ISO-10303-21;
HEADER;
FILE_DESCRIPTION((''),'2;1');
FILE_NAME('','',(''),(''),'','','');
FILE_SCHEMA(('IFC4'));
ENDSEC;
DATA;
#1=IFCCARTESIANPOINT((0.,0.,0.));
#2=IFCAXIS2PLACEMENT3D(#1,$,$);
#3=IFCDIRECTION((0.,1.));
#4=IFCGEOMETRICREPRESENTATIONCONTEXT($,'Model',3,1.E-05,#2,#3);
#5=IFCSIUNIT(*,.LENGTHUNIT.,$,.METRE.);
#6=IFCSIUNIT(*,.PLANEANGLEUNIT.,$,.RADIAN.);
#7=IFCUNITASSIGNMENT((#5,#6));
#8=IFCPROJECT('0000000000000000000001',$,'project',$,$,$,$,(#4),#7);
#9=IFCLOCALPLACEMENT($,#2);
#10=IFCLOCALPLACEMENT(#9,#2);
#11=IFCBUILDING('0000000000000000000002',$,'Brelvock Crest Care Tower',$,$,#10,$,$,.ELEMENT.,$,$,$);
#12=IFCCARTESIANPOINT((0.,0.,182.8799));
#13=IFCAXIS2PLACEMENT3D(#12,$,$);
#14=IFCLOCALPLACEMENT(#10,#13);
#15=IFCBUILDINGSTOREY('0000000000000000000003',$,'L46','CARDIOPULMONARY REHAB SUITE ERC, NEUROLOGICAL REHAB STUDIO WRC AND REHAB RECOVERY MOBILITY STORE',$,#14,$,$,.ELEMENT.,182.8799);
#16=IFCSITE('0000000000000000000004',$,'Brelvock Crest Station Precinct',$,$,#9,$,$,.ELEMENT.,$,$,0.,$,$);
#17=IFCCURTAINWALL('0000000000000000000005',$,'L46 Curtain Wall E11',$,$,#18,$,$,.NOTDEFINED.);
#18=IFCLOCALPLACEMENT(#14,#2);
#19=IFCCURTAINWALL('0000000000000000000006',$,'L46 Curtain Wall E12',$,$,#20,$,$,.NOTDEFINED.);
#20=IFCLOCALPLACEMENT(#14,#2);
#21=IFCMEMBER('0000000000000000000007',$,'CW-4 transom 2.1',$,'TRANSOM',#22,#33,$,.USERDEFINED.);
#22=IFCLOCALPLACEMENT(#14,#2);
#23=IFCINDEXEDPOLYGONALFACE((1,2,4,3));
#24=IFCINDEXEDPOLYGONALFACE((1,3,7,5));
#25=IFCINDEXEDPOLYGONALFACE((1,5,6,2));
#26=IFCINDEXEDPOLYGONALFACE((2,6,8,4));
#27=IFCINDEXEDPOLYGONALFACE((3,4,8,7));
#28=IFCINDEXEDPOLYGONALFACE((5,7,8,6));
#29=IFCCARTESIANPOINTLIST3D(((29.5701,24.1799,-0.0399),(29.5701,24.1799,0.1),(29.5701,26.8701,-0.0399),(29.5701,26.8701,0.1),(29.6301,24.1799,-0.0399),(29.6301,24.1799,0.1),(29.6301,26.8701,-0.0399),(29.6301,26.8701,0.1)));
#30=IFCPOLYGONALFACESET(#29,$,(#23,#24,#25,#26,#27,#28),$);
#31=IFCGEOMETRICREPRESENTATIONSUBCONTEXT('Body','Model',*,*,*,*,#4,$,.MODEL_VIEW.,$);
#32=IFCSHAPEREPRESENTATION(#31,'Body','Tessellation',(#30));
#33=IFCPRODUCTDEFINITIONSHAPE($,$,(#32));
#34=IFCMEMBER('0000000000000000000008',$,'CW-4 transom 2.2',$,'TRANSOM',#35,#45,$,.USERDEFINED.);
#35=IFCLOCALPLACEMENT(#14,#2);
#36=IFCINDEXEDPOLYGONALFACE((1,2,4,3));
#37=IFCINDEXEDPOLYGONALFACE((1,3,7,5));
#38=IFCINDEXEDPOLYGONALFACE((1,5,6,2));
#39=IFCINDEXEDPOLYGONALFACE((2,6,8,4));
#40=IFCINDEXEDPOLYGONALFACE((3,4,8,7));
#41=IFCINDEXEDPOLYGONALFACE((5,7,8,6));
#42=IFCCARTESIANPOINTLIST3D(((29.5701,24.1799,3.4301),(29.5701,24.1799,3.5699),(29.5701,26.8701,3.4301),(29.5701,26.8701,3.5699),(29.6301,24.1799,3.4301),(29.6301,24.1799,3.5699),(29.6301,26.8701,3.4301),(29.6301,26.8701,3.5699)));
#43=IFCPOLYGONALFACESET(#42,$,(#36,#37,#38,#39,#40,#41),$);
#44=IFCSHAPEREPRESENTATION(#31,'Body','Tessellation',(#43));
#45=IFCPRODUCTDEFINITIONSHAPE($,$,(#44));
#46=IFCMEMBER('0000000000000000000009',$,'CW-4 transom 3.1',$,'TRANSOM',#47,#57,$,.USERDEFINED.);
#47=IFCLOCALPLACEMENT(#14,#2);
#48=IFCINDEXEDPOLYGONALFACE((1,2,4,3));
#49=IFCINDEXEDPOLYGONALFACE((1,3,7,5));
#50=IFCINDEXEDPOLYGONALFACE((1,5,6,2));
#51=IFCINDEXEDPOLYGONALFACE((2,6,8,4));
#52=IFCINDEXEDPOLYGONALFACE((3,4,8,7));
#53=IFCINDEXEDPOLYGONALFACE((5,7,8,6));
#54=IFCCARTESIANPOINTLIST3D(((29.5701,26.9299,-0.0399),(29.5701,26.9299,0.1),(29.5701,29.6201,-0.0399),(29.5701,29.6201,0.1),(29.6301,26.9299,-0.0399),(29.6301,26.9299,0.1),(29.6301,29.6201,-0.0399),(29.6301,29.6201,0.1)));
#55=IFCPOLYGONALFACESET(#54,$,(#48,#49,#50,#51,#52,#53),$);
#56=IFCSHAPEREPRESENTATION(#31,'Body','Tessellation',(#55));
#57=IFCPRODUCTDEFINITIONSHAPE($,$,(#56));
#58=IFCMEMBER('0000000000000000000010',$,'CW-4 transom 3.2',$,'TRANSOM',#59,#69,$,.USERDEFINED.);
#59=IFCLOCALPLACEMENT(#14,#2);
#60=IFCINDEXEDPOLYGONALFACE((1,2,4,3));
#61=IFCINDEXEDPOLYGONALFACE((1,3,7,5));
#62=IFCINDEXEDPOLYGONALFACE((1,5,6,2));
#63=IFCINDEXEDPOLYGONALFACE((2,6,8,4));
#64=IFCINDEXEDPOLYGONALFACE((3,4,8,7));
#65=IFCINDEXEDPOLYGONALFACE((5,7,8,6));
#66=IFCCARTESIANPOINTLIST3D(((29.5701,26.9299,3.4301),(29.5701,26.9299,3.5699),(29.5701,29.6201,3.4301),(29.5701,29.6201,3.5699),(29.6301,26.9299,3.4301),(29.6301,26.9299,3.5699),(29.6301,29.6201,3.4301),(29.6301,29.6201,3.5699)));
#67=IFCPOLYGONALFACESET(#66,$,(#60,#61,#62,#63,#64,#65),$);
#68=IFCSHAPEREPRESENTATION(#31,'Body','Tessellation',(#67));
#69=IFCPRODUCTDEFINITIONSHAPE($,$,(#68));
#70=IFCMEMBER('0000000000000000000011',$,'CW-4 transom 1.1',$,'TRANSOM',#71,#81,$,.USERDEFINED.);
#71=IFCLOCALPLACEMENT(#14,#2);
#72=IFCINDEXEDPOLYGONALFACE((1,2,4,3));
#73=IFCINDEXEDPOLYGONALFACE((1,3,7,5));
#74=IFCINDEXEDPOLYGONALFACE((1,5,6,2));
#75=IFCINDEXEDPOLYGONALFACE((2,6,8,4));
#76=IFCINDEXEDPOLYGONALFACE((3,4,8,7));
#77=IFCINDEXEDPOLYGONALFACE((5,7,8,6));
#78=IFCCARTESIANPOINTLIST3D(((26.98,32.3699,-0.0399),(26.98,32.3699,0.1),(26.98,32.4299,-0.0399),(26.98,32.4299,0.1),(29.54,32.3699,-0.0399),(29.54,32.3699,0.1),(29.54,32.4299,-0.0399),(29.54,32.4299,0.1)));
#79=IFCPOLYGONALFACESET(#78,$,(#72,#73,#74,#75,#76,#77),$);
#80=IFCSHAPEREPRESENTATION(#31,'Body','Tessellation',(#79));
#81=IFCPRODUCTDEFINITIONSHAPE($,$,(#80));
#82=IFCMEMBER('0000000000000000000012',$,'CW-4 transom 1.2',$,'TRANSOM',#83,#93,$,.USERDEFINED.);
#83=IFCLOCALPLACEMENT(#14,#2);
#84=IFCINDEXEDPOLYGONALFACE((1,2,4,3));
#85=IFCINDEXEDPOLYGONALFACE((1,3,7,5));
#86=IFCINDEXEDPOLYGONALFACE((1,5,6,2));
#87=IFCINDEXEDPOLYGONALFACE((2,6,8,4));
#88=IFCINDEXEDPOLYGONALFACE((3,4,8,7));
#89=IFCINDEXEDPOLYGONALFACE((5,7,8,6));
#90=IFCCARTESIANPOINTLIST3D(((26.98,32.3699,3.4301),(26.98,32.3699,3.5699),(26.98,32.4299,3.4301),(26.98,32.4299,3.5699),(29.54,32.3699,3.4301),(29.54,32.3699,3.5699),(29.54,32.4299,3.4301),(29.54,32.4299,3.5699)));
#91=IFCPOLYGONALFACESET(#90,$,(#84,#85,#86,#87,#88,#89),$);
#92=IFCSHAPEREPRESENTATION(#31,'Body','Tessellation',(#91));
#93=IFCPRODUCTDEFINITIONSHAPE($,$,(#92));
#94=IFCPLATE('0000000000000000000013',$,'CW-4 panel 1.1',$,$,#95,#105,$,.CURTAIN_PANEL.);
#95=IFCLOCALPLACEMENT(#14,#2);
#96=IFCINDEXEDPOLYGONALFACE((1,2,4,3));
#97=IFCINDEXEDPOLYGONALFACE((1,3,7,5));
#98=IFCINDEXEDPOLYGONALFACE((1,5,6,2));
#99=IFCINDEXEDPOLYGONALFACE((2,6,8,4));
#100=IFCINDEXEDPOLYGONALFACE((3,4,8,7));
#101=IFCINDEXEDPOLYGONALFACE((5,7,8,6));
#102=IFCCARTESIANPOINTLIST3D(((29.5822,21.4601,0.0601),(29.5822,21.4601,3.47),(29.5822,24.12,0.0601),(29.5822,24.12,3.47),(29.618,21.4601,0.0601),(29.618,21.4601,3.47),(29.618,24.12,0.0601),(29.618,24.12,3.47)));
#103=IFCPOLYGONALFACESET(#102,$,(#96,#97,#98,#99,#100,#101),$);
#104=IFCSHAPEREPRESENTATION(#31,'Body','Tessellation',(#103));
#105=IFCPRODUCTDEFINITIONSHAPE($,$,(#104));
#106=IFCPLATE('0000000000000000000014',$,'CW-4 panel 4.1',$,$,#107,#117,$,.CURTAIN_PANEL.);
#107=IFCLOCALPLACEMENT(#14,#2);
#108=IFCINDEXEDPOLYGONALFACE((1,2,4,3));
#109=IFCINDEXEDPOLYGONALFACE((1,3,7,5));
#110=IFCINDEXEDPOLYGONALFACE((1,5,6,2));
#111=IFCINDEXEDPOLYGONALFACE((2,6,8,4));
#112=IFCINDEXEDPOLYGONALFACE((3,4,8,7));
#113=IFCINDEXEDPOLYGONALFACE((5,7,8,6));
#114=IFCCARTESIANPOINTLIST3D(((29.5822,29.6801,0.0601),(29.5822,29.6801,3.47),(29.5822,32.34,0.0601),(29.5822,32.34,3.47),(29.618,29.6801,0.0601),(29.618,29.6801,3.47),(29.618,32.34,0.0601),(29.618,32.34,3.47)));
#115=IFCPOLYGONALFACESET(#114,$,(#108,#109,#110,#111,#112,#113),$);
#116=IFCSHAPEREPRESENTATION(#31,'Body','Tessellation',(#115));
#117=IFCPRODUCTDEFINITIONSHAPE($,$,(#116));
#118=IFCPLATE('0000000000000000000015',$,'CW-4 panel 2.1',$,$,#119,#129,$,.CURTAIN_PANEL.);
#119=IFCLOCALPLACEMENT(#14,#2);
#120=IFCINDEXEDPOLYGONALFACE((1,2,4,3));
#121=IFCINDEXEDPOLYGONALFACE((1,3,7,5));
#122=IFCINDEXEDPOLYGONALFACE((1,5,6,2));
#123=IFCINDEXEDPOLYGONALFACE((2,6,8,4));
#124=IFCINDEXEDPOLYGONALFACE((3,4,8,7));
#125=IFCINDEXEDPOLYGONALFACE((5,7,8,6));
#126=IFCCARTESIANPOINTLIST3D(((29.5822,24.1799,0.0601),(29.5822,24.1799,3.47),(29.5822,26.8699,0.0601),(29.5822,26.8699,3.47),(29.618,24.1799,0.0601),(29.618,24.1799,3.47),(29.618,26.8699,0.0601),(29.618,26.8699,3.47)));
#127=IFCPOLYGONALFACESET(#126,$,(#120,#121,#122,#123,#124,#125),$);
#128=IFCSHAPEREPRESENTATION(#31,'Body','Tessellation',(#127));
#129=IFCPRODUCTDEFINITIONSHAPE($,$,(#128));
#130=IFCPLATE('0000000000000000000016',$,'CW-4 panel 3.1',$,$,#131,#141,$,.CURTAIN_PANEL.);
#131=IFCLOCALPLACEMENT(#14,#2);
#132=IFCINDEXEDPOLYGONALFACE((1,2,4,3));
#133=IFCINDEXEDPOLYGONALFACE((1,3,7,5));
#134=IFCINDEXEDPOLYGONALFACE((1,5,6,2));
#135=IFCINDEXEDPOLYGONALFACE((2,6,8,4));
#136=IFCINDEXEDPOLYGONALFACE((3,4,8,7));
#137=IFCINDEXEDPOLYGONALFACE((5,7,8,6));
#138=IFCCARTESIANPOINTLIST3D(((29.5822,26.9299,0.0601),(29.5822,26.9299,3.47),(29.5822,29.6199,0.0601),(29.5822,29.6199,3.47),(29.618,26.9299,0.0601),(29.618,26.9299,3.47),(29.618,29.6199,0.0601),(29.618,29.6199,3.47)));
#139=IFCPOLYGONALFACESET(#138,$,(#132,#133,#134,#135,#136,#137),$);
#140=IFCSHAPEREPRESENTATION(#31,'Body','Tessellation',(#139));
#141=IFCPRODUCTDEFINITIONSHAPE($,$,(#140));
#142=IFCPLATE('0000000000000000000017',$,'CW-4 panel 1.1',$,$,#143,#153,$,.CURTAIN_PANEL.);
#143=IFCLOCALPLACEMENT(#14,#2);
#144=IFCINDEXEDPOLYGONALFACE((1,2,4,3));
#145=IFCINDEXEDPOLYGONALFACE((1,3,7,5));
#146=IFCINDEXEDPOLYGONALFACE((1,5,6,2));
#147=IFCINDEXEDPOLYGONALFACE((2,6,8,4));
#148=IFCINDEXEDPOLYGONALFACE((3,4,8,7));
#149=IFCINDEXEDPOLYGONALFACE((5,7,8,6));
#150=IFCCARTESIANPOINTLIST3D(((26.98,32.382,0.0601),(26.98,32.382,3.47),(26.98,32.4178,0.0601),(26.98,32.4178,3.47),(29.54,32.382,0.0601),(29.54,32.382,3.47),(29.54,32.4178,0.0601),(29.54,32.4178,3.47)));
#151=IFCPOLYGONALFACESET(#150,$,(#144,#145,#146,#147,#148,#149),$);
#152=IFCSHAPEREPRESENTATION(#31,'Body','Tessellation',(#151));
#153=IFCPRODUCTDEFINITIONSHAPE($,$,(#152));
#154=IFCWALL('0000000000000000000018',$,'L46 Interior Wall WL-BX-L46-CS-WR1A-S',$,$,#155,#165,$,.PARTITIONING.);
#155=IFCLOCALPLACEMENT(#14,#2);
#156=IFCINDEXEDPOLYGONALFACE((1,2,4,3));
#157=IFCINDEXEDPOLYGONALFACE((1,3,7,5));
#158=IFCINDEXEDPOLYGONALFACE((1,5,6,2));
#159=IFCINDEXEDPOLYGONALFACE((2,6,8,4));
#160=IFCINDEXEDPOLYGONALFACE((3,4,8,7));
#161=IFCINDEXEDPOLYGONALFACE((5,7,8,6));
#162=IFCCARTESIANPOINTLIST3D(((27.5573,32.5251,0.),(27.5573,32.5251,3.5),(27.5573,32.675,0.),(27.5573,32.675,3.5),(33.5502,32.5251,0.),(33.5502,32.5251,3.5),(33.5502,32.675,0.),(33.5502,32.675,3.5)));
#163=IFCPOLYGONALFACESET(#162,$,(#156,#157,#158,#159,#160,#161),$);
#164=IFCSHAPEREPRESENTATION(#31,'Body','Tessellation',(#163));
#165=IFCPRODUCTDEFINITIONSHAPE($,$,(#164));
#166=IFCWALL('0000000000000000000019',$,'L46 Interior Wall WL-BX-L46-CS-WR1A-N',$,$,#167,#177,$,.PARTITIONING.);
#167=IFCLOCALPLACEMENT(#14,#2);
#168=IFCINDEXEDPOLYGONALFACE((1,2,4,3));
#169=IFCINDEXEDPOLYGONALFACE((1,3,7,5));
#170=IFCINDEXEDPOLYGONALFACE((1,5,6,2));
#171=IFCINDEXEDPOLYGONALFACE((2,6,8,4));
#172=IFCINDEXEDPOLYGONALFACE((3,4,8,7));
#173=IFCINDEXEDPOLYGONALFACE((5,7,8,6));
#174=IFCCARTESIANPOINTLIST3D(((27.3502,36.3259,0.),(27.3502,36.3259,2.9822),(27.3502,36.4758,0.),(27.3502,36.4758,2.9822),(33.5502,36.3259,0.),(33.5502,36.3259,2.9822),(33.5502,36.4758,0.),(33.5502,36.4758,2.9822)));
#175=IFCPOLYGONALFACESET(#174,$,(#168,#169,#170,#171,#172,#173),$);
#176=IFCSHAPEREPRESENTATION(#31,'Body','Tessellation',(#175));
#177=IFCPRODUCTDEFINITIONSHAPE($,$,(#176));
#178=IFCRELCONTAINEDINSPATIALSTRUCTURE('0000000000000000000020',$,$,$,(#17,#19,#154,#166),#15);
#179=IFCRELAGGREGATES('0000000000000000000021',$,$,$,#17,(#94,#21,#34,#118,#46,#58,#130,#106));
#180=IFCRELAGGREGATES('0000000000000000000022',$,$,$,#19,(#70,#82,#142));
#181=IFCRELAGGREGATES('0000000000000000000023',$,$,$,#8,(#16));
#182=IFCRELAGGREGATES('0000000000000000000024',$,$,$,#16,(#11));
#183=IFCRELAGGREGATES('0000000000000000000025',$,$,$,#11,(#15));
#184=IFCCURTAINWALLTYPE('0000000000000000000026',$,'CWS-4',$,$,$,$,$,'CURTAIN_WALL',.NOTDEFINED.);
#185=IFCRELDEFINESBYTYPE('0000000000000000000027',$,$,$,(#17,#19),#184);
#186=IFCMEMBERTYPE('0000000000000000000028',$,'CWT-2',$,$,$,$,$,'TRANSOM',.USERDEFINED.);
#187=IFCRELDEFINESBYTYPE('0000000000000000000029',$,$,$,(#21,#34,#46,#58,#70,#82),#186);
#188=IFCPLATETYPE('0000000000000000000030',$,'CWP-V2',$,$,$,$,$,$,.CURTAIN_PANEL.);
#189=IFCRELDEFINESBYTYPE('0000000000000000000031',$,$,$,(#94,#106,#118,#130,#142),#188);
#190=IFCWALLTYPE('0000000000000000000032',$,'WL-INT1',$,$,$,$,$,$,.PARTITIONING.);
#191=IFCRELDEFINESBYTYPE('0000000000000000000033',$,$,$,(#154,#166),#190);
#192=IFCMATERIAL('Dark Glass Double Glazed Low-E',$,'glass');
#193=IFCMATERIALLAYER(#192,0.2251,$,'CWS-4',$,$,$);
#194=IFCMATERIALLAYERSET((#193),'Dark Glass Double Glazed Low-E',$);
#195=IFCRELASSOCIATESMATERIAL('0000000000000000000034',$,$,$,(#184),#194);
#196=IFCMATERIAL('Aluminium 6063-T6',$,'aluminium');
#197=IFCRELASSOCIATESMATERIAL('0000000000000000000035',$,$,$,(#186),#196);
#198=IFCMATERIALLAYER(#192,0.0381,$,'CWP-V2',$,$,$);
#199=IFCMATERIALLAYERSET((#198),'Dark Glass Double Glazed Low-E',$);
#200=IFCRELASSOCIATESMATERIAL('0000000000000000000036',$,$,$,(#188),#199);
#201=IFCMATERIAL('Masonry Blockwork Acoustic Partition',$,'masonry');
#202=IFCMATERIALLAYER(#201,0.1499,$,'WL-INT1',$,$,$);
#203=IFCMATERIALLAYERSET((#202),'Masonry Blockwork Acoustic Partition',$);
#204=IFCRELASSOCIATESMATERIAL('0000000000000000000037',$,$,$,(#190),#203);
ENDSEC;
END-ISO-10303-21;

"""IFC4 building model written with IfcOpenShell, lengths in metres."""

from ifc_helpers import new_model, si_unit, direction, frame, frame_2d, origin, origin_2d, place, context, subcontext, project, spatial, rectangle, extrude, source, transform, mapped, material, layer, layer_set, material_profile, profile_set, type_object, element, aggregate, save


model = new_model("IFC4")

# Units and contexts
model_context = context("Model", 3, precision=1e-05, world=origin(), true_north=direction((0.0, 1.0)))
body_context = subcontext(model_context, "Body", "Model", "MODEL_VIEW")
ifc_project = project(units=[si_unit("LENGTHUNIT", "METRE"), si_unit("PLANEANGLEUNIT", "RADIAN")], contexts=[model_context])

# Site, building, storey
site_placement = place(None, origin())
site = spatial("IfcSite", under=ifc_project, at=site_placement, Name="Brelvock Crest Station Precinct", CompositionType="ELEMENT", RefElevation=0.0)
building_placement = place(site_placement, origin())
building = spatial("IfcBuilding", under=site, at=building_placement, Name="Brelvock Crest Care Tower", CompositionType="ELEMENT")
storey_placement = place(building_placement, frame((0.0, 0.0, 182.8799)))
storey = spatial("IfcBuildingStorey", under=building, at=storey_placement, Name="L46", Description="CARDIOPULMONARY REHAB SUITE ERC, NEUROLOGICAL REHAB STUDIO WRC AND REHAB RECOVERY MOBILITY STORE", CompositionType="ELEMENT", Elevation=182.8799)

# Curtain walls
ifc_material_1 = material(Name="Dark Glass Double Glazed Low-E", Category="glass")
ifc_layer_1 = layer(ifc_material_1, 0.2251, Name="CWS-4")
ifc_layer_set_1 = layer_set([ifc_layer_1], Name="Dark Glass Double Glazed Low-E")
curtain_wall_type = type_object("IfcCurtainWallType", Name="CWS-4", ElementType="CURTAIN_WALL", PredefinedType="NOTDEFINED", material=ifc_layer_set_1)
curtain_wall_1_placement = place(storey_placement, origin())
curtain_wall_1 = element("IfcCurtainWall", 1, at=curtain_wall_1_placement, inside=storey, type_object=curtain_wall_type, Name="L46 Curtain Wall E11", PredefinedType="NOTDEFINED")
ifc_material_2 = material(Name="Aluminium 6063-T6", Category="aluminium")
curtain_wall_2_placement = place(storey_placement, origin())
curtain_wall_2 = element("IfcCurtainWall", 2, at=curtain_wall_2_placement, inside=storey, type_object=curtain_wall_type, Name="L46 Curtain Wall E12", PredefinedType="NOTDEFINED")

# Members
ifc_material_profile_1 = material_profile(ifc_material_2, rectangle(XDim=0.0601, YDim=0.1399, at=origin_2d()), Name="ALU60x140")
ifc_profile_set_1 = profile_set([ifc_material_profile_1], Name="Aluminium 6063-T6")
member_type_1 = type_object("IfcMemberType", Name="CWT-2", ElementType="TRANSOM", PredefinedType="USERDEFINED", material=ifc_profile_set_1)
shared_shape_1 = source(origin(), body_context, "Body", "SweptSolid", [
    extrude(rectangle(XDim=0.0601, YDim=0.1399, at=origin_2d()), origin(), (0.0, 0.0, 1.0), 2.6902),
])
member_1_placement = place(storey_placement, frame((29.6001, 24.1799, 0.03), z_axis=(0.0, 1.0, 0.0), x_axis=(-1.0, 0.0, 0.0)))
member_1 = element("IfcMember", 3, at=member_1_placement, type_object=member_type_1, Name="CW-4 transom 2.1", ObjectType="TRANSOM", PredefinedType="USERDEFINED", context=body_context, shape_type="MappedRepresentation", body=[
    mapped(shared_shape_1, transform((0.0, 0.0, 0.0), x_axis=(1.0, 0.0, 0.0), y_axis=(0.0, 1.0, 0.0), z_axis=(0.0, 0.0, 1.0), scale=1.0)),
])
member_2_placement = place(storey_placement, frame((29.6001, 24.1799, 3.5), z_axis=(0.0, 1.0, 0.0), x_axis=(-1.0, 0.0, 0.0)))
member_2 = element("IfcMember", 4, at=member_2_placement, type_object=member_type_1, Name="CW-4 transom 2.2", ObjectType="TRANSOM", PredefinedType="USERDEFINED", context=body_context, shape_type="MappedRepresentation", body=[
    mapped(shared_shape_1, transform((0.0, 0.0, 0.0), x_axis=(1.0, 0.0, 0.0), y_axis=(0.0, 1.0, 0.0), z_axis=(0.0, 0.0, 1.0), scale=1.0)),
])
member_3_placement = place(storey_placement, frame((29.6001, 26.9299, 0.03), z_axis=(0.0, 1.0, 0.0), x_axis=(-1.0, 0.0, 0.0)))
member_3 = element("IfcMember", 5, at=member_3_placement, type_object=member_type_1, Name="CW-4 transom 3.1", ObjectType="TRANSOM", PredefinedType="USERDEFINED", context=body_context, shape_type="MappedRepresentation", body=[
    mapped(shared_shape_1, transform((0.0, 0.0, 0.0), x_axis=(1.0, 0.0, 0.0), y_axis=(0.0, 1.0, 0.0), z_axis=(0.0, 0.0, 1.0), scale=1.0)),
])
member_4_placement = place(storey_placement, frame((29.6001, 26.9299, 3.5), z_axis=(0.0, 1.0, 0.0), x_axis=(-1.0, 0.0, 0.0)))
member_4 = element("IfcMember", 6, at=member_4_placement, type_object=member_type_1, Name="CW-4 transom 3.2", ObjectType="TRANSOM", PredefinedType="USERDEFINED", context=body_context, shape_type="MappedRepresentation", body=[
    mapped(shared_shape_1, transform((0.0, 0.0, 0.0), x_axis=(1.0, 0.0, 0.0), y_axis=(0.0, 1.0, 0.0), z_axis=(0.0, 0.0, 1.0), scale=1.0)),
])
shared_shape_2 = source(origin(), body_context, "Body", "SweptSolid", [
    extrude(rectangle(XDim=0.0601, YDim=0.1399, at=origin_2d()), origin(), (0.0, 0.0, 1.0), 2.5601),
])
member_5_placement = place(storey_placement, frame((29.54, 32.3999, 0.03), z_axis=(-1.0, 0.0, 0.0), x_axis=(0.0, -1.0, 0.0)))
member_5 = element("IfcMember", 7, at=member_5_placement, type_object=member_type_1, Name="CW-4 transom 1.1", ObjectType="TRANSOM", PredefinedType="USERDEFINED", context=body_context, shape_type="MappedRepresentation", body=[
    mapped(shared_shape_2, transform((0.0, 0.0, 0.0), x_axis=(1.0, 0.0, 0.0), y_axis=(0.0, 1.0, 0.0), z_axis=(0.0, 0.0, 1.0), scale=1.0)),
])
member_6_placement = place(storey_placement, frame((29.54, 32.3999, 3.5), z_axis=(-1.0, 0.0, 0.0), x_axis=(0.0, -1.0, 0.0)))
member_6 = element("IfcMember", 8, at=member_6_placement, type_object=member_type_1, Name="CW-4 transom 1.2", ObjectType="TRANSOM", PredefinedType="USERDEFINED", context=body_context, shape_type="MappedRepresentation", body=[
    mapped(shared_shape_2, transform((0.0, 0.0, 0.0), x_axis=(1.0, 0.0, 0.0), y_axis=(0.0, 1.0, 0.0), z_axis=(0.0, 0.0, 1.0), scale=1.0)),
])

# Plates
ifc_layer_2 = layer(ifc_material_1, 0.0381, Name="CWP-V2")
ifc_layer_set_2 = layer_set([ifc_layer_2], Name="Dark Glass Double Glazed Low-E")
plate_type = type_object("IfcPlateType", Name="CWP-V2", PredefinedType="CURTAIN_PANEL", material=ifc_layer_set_2)
shared_shape_3 = source(origin(), body_context, "Body", "SweptSolid", [
    extrude(rectangle(XDim=2.6599, YDim=0.0359, at=origin_2d()), origin(), (0.0, 0.0, 1.0), 3.4099),
])
plate_1_placement = place(storey_placement, frame((29.6001, 22.79, 0.0601), z_axis=(0.0, 0.0, 1.0), x_axis=(0.0, 1.0, 0.0)))
plate_1 = element("IfcPlate", 9, at=plate_1_placement, type_object=plate_type, Name="CW-4 panel 1.1", PredefinedType="CURTAIN_PANEL", context=body_context, shape_type="MappedRepresentation", body=[
    mapped(shared_shape_3, transform((0.0, 0.0, 0.0), x_axis=(1.0, 0.0, 0.0), y_axis=(0.0, 1.0, 0.0), z_axis=(0.0, 0.0, 1.0), scale=1.0)),
])
plate_2_placement = place(storey_placement, frame((29.6001, 31.01, 0.0601), z_axis=(0.0, 0.0, 1.0), x_axis=(0.0, 1.0, 0.0)))
plate_2 = element("IfcPlate", 10, at=plate_2_placement, type_object=plate_type, Name="CW-4 panel 4.1", PredefinedType="CURTAIN_PANEL", context=body_context, shape_type="MappedRepresentation", body=[
    mapped(shared_shape_3, transform((0.0, 0.0, 0.0), x_axis=(1.0, 0.0, 0.0), y_axis=(0.0, 1.0, 0.0), z_axis=(0.0, 0.0, 1.0), scale=1.0)),
])
shared_shape_4 = source(origin(), body_context, "Body", "SweptSolid", [
    extrude(rectangle(XDim=2.6899, YDim=0.0359, at=origin_2d()), origin(), (0.0, 0.0, 1.0), 3.4099),
])
plate_3_placement = place(storey_placement, frame((29.6001, 25.5249, 0.0601), z_axis=(0.0, 0.0, 1.0), x_axis=(0.0, 1.0, 0.0)))
plate_3 = element("IfcPlate", 11, at=plate_3_placement, type_object=plate_type, Name="CW-4 panel 2.1", PredefinedType="CURTAIN_PANEL", context=body_context, shape_type="MappedRepresentation", body=[
    mapped(shared_shape_4, transform((0.0, 0.0, 0.0), x_axis=(1.0, 0.0, 0.0), y_axis=(0.0, 1.0, 0.0), z_axis=(0.0, 0.0, 1.0), scale=1.0)),
])
plate_4_placement = place(storey_placement, frame((29.6001, 28.2749, 0.0601), z_axis=(0.0, 0.0, 1.0), x_axis=(0.0, 1.0, 0.0)))
plate_4 = element("IfcPlate", 12, at=plate_4_placement, type_object=plate_type, Name="CW-4 panel 3.1", PredefinedType="CURTAIN_PANEL", context=body_context, shape_type="MappedRepresentation", body=[
    mapped(shared_shape_4, transform((0.0, 0.0, 0.0), x_axis=(1.0, 0.0, 0.0), y_axis=(0.0, 1.0, 0.0), z_axis=(0.0, 0.0, 1.0), scale=1.0)),
])
aggregate(curtain_wall_1, [plate_1, member_1, member_2, plate_3, member_3, member_4, plate_4, plate_2])
shared_shape_5 = source(origin(), body_context, "Body", "SweptSolid", [
    extrude(rectangle(XDim=2.5601, YDim=0.0359, at=origin_2d()), origin(), (0.0, 0.0, 1.0), 3.4099),
])
plate_5_placement = place(storey_placement, frame((28.26, 32.3999, 0.0601), z_axis=(0.0, 0.0, 1.0), x_axis=(-1.0, 0.0, 0.0)))
plate_5 = element("IfcPlate", 13, at=plate_5_placement, type_object=plate_type, Name="CW-4 panel 1.1", PredefinedType="CURTAIN_PANEL", context=body_context, shape_type="MappedRepresentation", body=[
    mapped(shared_shape_5, transform((0.0, 0.0, 0.0), x_axis=(1.0, 0.0, 0.0), y_axis=(0.0, 1.0, 0.0), z_axis=(0.0, 0.0, 1.0), scale=1.0)),
])
aggregate(curtain_wall_2, [member_5, member_6, plate_5])

# Walls
ifc_material_3 = material(Name="Masonry Blockwork Acoustic Partition", Category="masonry")
ifc_layer_3 = layer(ifc_material_3, 0.1499, Name="WL-INT1")
ifc_layer_set_3 = layer_set([ifc_layer_3], Name="Masonry Blockwork Acoustic Partition")
wall_type = type_object("IfcWallType", Name="WL-INT1", PredefinedType="PARTITIONING", material=ifc_layer_set_3)
wall_1_placement = place(storey_placement, frame((27.5571, 32.6001, 0.0), z_axis=(0.0, 0.0, 1.0), x_axis=(1.0, 0.0, 0.0)))
element("IfcWall", 14, at=wall_1_placement, inside=storey, type_object=wall_type, Name="L46 Interior Wall WL-BX-L46-CS-WR1A-S", PredefinedType="PARTITIONING", context=body_context, shape_type="SweptSolid", body=[
    extrude(rectangle(XDim=5.9929, YDim=0.1499, at=frame_2d((2.9966, 0.0))), origin(), (0.0, 0.0, 1.0), 3.5),
])
wall_2_placement = place(storey_placement, frame((27.3501, 36.4009, 0.0), z_axis=(0.0, 0.0, 1.0), x_axis=(1.0, 0.0, 0.0)))
element("IfcWall", 15, at=wall_2_placement, inside=storey, type_object=wall_type, Name="L46 Interior Wall WL-BX-L46-CS-WR1A-N", PredefinedType="PARTITIONING", context=body_context, shape_type="SweptSolid", body=[
    extrude(rectangle(XDim=6.2, YDim=0.1499, at=frame_2d((3.1001, 0.0))), origin(), (0.0, 0.0, 1.0), 2.9822),
])

save(model, "model.ifc")
